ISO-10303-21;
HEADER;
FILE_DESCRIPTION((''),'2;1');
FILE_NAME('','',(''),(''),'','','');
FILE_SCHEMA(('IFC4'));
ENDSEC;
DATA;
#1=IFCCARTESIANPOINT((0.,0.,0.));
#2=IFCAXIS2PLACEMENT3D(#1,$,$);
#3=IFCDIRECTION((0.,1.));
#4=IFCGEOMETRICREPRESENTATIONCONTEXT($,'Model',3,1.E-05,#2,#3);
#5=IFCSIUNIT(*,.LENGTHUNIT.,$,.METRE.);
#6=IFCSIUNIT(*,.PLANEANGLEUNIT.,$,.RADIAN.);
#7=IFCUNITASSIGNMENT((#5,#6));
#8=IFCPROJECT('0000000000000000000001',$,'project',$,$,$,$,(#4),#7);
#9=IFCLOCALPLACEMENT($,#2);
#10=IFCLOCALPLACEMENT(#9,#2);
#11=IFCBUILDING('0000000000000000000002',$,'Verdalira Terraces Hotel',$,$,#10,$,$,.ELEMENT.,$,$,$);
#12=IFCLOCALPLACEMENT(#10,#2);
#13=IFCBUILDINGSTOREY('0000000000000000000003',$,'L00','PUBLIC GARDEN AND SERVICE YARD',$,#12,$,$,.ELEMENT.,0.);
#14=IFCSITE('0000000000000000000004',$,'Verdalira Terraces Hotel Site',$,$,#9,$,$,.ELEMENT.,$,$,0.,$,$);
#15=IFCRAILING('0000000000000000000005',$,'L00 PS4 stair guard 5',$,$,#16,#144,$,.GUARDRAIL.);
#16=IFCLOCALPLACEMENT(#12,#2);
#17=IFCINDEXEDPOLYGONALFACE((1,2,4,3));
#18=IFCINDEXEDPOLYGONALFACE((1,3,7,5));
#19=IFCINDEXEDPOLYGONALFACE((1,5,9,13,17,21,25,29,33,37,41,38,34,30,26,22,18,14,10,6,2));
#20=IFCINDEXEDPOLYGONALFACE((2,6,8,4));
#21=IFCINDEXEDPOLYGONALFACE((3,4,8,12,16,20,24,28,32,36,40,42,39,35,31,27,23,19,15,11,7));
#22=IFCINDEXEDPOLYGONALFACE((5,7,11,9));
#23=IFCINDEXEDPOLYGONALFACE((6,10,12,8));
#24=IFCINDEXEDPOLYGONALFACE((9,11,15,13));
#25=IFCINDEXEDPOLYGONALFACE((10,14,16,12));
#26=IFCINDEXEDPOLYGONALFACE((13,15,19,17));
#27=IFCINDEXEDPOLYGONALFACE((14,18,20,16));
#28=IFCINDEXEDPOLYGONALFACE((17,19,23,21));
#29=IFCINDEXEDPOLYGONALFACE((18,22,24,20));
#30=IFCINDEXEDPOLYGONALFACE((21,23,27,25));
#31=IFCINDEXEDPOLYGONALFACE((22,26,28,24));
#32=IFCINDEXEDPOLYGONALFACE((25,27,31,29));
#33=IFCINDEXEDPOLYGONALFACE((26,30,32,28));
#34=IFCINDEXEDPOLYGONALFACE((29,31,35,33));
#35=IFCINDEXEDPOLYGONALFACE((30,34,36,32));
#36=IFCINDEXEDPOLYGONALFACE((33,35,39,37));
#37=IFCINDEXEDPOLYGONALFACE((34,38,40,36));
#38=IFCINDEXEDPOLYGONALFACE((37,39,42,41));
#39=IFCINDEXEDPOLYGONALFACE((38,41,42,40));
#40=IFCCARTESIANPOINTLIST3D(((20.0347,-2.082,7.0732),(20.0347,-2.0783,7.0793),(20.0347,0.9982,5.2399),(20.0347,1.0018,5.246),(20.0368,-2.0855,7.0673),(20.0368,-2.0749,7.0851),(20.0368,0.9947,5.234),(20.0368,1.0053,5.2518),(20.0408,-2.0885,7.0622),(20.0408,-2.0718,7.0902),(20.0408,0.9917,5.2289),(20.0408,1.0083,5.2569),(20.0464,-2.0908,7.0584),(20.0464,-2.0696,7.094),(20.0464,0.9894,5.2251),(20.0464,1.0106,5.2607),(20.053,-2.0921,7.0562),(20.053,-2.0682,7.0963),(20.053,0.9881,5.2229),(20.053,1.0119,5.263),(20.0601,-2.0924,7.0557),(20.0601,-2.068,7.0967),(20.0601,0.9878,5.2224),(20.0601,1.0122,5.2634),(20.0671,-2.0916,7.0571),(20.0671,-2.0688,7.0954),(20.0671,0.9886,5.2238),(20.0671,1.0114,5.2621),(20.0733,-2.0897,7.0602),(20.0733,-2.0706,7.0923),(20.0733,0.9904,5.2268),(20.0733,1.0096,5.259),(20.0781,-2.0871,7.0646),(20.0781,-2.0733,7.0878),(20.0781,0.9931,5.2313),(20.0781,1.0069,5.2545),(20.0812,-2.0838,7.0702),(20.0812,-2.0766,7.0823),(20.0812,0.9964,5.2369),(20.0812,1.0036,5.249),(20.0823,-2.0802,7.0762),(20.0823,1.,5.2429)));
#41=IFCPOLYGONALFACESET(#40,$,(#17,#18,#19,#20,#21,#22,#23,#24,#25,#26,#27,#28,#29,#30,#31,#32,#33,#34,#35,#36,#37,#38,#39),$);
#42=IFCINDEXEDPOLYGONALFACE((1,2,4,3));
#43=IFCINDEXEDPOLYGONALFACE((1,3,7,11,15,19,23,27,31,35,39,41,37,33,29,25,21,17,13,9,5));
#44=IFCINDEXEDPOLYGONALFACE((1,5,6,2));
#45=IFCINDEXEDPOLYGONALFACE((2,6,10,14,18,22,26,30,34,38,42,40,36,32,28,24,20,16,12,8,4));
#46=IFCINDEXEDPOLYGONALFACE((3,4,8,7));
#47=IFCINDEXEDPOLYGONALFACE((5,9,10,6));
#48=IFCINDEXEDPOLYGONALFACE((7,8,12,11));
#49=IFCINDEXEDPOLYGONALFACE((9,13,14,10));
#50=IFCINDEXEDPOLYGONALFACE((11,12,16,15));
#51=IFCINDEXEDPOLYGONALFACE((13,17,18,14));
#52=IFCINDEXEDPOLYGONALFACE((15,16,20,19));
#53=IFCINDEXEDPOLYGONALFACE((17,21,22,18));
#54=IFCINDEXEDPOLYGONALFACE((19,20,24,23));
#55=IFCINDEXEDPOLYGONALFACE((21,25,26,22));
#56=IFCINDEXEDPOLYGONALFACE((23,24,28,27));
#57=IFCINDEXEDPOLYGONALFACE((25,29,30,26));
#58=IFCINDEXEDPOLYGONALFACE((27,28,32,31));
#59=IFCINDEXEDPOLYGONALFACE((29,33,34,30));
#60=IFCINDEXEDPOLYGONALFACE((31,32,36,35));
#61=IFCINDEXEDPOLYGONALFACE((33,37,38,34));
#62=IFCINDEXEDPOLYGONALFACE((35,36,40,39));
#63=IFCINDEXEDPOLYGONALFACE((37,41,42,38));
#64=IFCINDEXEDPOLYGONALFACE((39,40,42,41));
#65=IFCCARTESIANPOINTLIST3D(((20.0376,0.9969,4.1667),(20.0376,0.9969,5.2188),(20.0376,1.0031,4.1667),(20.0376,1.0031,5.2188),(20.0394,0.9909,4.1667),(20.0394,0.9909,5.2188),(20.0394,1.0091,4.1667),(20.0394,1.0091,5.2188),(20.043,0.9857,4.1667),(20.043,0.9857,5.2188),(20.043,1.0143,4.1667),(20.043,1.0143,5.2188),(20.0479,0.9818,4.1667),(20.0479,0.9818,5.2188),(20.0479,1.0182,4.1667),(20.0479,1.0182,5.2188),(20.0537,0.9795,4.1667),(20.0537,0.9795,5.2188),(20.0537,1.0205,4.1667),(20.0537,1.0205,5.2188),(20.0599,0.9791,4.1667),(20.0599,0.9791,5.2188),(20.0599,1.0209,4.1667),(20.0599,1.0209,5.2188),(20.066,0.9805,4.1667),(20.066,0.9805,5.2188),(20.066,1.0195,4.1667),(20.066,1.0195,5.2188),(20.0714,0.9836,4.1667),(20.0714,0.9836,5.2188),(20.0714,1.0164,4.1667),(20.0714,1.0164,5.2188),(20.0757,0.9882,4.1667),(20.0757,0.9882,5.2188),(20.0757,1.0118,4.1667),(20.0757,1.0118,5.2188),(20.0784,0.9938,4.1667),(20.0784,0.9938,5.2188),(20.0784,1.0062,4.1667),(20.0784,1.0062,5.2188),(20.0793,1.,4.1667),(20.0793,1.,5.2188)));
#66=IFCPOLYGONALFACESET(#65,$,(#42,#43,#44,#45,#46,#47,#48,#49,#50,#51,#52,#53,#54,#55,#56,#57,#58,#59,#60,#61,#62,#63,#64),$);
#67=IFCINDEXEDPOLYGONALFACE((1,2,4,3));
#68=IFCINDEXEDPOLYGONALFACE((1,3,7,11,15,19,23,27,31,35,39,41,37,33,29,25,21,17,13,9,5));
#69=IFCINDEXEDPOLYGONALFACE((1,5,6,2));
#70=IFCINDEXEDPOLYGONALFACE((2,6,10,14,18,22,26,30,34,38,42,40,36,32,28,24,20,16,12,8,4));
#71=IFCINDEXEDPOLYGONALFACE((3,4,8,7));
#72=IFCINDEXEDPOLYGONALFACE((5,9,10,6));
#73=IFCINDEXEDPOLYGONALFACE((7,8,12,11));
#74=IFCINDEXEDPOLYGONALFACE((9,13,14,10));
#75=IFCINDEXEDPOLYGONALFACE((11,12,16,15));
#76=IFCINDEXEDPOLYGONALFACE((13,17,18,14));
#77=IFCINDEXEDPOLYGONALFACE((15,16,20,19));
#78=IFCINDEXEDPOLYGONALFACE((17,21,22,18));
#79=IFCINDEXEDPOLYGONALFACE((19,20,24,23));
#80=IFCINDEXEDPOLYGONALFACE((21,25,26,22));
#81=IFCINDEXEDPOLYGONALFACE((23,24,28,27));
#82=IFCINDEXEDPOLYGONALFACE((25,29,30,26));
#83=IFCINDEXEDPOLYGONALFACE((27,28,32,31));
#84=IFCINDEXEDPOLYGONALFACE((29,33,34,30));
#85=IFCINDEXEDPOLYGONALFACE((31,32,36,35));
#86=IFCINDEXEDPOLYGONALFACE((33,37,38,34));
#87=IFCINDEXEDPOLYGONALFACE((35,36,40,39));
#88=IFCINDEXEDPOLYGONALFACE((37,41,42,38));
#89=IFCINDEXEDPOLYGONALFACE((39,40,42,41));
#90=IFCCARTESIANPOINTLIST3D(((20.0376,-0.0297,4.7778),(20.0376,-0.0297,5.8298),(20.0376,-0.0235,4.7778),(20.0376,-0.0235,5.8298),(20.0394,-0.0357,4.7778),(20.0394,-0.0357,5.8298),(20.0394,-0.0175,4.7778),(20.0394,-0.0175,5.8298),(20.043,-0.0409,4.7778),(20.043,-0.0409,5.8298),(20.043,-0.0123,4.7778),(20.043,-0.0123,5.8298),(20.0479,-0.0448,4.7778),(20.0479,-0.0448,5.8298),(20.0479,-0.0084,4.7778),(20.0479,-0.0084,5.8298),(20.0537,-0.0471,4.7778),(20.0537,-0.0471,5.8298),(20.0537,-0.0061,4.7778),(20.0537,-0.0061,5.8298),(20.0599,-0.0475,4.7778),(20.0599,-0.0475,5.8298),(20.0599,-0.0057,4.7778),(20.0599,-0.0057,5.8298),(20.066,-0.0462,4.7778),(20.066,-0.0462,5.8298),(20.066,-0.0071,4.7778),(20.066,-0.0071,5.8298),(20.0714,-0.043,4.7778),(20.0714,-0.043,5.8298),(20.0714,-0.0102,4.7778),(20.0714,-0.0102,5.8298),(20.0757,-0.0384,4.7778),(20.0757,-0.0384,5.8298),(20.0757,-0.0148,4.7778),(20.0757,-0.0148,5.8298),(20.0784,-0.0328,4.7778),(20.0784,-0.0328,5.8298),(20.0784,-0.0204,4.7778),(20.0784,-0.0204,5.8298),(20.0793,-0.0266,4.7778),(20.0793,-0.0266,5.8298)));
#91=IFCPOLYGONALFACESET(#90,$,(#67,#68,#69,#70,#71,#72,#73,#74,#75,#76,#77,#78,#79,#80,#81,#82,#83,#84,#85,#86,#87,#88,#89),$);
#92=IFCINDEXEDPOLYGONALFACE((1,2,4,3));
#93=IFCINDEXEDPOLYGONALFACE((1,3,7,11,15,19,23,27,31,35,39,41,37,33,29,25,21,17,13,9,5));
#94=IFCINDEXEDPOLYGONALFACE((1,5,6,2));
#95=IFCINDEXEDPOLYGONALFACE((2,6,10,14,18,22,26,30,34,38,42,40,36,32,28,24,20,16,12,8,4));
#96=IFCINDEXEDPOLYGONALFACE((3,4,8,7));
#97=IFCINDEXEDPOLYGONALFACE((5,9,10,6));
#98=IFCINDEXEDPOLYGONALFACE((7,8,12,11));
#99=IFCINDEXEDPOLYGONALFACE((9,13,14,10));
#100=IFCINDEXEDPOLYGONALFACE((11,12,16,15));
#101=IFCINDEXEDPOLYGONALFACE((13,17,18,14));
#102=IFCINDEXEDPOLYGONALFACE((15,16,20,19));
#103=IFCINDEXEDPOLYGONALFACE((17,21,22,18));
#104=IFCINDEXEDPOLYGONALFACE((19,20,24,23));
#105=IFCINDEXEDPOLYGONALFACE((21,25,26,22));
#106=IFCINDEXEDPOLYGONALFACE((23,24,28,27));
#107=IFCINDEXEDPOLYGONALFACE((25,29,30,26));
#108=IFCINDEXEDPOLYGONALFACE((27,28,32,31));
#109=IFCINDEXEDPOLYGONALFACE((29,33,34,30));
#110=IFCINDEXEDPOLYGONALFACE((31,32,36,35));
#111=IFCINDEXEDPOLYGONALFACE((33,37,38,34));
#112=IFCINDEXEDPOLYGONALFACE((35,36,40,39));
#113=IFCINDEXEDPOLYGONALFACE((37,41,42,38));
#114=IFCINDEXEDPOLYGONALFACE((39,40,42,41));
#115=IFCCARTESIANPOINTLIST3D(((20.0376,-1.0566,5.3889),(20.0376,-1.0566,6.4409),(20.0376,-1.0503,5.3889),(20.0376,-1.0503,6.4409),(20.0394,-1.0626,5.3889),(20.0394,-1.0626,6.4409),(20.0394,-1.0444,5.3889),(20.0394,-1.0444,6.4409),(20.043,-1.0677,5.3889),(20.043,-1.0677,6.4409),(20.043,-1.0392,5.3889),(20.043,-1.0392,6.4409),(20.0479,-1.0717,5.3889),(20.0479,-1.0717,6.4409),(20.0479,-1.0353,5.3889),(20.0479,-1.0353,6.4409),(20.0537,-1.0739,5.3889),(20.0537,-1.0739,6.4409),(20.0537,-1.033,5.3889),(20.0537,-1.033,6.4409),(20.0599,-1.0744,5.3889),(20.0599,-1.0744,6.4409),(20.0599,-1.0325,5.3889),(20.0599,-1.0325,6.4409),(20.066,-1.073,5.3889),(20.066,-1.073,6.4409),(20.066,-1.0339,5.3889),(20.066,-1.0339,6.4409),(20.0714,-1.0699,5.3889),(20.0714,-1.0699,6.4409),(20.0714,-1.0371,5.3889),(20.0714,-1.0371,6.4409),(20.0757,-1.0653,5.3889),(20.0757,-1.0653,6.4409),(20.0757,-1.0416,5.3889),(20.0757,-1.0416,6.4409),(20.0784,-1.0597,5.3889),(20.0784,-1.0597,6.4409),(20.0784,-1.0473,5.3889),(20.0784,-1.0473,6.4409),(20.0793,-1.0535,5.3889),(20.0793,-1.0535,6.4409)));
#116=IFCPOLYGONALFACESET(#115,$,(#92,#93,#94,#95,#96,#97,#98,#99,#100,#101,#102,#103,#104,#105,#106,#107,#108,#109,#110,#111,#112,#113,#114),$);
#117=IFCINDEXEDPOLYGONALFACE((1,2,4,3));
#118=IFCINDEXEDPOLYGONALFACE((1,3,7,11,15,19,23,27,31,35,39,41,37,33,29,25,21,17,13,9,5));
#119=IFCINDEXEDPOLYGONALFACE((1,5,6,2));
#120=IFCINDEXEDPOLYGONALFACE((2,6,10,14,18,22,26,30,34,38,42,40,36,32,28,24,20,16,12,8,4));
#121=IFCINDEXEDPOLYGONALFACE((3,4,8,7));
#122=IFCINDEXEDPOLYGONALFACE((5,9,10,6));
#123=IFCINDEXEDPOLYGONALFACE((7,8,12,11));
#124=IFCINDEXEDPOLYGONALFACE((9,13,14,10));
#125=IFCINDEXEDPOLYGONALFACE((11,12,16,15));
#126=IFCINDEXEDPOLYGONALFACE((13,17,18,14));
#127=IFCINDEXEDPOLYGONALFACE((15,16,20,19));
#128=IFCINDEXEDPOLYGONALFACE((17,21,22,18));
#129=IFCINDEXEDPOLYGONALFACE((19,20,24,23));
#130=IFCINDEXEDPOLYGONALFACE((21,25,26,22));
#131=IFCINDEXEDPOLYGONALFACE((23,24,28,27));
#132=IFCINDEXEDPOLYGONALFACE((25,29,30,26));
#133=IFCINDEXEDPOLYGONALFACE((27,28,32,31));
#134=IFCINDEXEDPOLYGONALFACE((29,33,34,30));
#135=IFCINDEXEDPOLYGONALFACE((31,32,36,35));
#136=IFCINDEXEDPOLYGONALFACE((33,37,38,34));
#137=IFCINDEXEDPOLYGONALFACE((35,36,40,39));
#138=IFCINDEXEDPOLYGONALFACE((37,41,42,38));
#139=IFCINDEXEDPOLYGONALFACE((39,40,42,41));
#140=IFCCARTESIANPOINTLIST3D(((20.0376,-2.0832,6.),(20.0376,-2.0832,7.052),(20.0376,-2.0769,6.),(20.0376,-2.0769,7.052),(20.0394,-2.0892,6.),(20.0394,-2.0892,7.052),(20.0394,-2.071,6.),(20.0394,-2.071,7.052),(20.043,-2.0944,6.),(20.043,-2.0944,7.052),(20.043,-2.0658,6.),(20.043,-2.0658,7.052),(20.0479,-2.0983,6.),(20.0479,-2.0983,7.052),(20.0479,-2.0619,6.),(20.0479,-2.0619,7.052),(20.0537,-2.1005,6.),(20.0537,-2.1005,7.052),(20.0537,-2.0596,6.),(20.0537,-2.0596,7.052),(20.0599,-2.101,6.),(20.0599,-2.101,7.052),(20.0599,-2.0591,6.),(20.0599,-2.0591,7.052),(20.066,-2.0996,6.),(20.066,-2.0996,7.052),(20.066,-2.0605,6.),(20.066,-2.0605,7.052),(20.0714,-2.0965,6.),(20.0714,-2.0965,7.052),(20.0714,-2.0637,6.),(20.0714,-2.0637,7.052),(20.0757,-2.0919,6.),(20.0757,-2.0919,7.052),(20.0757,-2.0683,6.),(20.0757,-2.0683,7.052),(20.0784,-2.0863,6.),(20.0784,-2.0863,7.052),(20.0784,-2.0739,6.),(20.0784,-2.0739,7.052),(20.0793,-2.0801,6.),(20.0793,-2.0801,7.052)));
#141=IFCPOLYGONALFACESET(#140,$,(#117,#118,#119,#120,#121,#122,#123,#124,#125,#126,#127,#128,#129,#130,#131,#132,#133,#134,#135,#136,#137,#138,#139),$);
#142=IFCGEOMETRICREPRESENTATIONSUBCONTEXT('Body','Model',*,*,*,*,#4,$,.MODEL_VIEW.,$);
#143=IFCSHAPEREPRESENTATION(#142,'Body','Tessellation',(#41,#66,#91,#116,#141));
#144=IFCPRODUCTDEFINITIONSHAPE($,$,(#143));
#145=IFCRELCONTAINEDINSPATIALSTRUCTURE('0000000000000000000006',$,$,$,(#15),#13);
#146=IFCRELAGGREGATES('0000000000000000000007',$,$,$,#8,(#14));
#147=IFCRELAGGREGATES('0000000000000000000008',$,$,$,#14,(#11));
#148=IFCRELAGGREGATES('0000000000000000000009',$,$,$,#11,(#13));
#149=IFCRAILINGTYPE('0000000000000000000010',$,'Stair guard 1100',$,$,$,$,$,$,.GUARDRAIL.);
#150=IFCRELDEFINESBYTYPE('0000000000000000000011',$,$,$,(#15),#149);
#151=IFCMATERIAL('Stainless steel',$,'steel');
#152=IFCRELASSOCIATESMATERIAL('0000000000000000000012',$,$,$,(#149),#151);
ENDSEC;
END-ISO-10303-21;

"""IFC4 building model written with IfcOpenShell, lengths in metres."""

from ifc_helpers import new_model, si_unit, direction, frame, origin, origin_2d, place, context, subcontext, project, spatial, circle, extrude, material, type_object, element, save


model = new_model("IFC4")

# Units and contexts
model_context = context("Model", 3, precision=1e-05, world=origin(), true_north=direction((0.0, 1.0)))
body_context = subcontext(model_context, "Body", "Model", "MODEL_VIEW")
ifc_project = project(units=[si_unit("LENGTHUNIT", "METRE"), si_unit("PLANEANGLEUNIT", "RADIAN")], contexts=[model_context])

# Site, building, storey
site_placement = place(None, origin())
site = spatial("IfcSite", under=ifc_project, at=site_placement, Name="Verdalira Terraces Hotel Site", CompositionType="ELEMENT", RefElevation=0.0)
building_placement = place(site_placement, origin())
building = spatial("IfcBuilding", under=site, at=building_placement, Name="Verdalira Terraces Hotel", CompositionType="ELEMENT")
storey_placement = place(building_placement, origin())
storey = spatial("IfcBuildingStorey", under=building, at=storey_placement, Name="L00", Description="PUBLIC GARDEN AND SERVICE YARD", CompositionType="ELEMENT", Elevation=0.0)

# Railing
ifc_material_1 = material(Name="Stainless steel", Category="steel")
railing_type = type_object("IfcRailingType", Name="Stair guard 1100", PredefinedType="GUARDRAIL", material=ifc_material_1)
railing_1_placement = place(storey_placement, frame((20.0584, 1.0, 4.1667)))
element("IfcRailing", 1, at=railing_1_placement, inside=storey, type_object=railing_type, Name="L00 PS4 stair guard 5", PredefinedType="GUARDRAIL", context=body_context, shape_type="SweptSolid", body=[
    extrude(circle(Radius=0.0239, at=origin_2d()), frame((0.0, 0.0, 1.0762), z_axis=(0.0, -0.859309, 0.511458), x_axis=(1.0, 0.0, 0.0)), (0.0, 0.0, 1.0), 3.5845),
    extrude(circle(Radius=0.021, at=origin_2d()), origin(), (0.0, 0.0, 1.0), 1.052),
    extrude(circle(Radius=0.021, at=origin_2d()), frame((0.0, -1.0266, 0.6111)), (0.0, 0.0, 1.0), 1.052),
    extrude(circle(Radius=0.021, at=origin_2d()), frame((0.0, -2.0535, 1.2222)), (0.0, 0.0, 1.0), 1.052),
    extrude(circle(Radius=0.021, at=origin_2d()), frame((0.0, -3.0801, 1.8333)), (0.0, 0.0, 1.0), 1.052),
])

save(model, "model.ifc")
